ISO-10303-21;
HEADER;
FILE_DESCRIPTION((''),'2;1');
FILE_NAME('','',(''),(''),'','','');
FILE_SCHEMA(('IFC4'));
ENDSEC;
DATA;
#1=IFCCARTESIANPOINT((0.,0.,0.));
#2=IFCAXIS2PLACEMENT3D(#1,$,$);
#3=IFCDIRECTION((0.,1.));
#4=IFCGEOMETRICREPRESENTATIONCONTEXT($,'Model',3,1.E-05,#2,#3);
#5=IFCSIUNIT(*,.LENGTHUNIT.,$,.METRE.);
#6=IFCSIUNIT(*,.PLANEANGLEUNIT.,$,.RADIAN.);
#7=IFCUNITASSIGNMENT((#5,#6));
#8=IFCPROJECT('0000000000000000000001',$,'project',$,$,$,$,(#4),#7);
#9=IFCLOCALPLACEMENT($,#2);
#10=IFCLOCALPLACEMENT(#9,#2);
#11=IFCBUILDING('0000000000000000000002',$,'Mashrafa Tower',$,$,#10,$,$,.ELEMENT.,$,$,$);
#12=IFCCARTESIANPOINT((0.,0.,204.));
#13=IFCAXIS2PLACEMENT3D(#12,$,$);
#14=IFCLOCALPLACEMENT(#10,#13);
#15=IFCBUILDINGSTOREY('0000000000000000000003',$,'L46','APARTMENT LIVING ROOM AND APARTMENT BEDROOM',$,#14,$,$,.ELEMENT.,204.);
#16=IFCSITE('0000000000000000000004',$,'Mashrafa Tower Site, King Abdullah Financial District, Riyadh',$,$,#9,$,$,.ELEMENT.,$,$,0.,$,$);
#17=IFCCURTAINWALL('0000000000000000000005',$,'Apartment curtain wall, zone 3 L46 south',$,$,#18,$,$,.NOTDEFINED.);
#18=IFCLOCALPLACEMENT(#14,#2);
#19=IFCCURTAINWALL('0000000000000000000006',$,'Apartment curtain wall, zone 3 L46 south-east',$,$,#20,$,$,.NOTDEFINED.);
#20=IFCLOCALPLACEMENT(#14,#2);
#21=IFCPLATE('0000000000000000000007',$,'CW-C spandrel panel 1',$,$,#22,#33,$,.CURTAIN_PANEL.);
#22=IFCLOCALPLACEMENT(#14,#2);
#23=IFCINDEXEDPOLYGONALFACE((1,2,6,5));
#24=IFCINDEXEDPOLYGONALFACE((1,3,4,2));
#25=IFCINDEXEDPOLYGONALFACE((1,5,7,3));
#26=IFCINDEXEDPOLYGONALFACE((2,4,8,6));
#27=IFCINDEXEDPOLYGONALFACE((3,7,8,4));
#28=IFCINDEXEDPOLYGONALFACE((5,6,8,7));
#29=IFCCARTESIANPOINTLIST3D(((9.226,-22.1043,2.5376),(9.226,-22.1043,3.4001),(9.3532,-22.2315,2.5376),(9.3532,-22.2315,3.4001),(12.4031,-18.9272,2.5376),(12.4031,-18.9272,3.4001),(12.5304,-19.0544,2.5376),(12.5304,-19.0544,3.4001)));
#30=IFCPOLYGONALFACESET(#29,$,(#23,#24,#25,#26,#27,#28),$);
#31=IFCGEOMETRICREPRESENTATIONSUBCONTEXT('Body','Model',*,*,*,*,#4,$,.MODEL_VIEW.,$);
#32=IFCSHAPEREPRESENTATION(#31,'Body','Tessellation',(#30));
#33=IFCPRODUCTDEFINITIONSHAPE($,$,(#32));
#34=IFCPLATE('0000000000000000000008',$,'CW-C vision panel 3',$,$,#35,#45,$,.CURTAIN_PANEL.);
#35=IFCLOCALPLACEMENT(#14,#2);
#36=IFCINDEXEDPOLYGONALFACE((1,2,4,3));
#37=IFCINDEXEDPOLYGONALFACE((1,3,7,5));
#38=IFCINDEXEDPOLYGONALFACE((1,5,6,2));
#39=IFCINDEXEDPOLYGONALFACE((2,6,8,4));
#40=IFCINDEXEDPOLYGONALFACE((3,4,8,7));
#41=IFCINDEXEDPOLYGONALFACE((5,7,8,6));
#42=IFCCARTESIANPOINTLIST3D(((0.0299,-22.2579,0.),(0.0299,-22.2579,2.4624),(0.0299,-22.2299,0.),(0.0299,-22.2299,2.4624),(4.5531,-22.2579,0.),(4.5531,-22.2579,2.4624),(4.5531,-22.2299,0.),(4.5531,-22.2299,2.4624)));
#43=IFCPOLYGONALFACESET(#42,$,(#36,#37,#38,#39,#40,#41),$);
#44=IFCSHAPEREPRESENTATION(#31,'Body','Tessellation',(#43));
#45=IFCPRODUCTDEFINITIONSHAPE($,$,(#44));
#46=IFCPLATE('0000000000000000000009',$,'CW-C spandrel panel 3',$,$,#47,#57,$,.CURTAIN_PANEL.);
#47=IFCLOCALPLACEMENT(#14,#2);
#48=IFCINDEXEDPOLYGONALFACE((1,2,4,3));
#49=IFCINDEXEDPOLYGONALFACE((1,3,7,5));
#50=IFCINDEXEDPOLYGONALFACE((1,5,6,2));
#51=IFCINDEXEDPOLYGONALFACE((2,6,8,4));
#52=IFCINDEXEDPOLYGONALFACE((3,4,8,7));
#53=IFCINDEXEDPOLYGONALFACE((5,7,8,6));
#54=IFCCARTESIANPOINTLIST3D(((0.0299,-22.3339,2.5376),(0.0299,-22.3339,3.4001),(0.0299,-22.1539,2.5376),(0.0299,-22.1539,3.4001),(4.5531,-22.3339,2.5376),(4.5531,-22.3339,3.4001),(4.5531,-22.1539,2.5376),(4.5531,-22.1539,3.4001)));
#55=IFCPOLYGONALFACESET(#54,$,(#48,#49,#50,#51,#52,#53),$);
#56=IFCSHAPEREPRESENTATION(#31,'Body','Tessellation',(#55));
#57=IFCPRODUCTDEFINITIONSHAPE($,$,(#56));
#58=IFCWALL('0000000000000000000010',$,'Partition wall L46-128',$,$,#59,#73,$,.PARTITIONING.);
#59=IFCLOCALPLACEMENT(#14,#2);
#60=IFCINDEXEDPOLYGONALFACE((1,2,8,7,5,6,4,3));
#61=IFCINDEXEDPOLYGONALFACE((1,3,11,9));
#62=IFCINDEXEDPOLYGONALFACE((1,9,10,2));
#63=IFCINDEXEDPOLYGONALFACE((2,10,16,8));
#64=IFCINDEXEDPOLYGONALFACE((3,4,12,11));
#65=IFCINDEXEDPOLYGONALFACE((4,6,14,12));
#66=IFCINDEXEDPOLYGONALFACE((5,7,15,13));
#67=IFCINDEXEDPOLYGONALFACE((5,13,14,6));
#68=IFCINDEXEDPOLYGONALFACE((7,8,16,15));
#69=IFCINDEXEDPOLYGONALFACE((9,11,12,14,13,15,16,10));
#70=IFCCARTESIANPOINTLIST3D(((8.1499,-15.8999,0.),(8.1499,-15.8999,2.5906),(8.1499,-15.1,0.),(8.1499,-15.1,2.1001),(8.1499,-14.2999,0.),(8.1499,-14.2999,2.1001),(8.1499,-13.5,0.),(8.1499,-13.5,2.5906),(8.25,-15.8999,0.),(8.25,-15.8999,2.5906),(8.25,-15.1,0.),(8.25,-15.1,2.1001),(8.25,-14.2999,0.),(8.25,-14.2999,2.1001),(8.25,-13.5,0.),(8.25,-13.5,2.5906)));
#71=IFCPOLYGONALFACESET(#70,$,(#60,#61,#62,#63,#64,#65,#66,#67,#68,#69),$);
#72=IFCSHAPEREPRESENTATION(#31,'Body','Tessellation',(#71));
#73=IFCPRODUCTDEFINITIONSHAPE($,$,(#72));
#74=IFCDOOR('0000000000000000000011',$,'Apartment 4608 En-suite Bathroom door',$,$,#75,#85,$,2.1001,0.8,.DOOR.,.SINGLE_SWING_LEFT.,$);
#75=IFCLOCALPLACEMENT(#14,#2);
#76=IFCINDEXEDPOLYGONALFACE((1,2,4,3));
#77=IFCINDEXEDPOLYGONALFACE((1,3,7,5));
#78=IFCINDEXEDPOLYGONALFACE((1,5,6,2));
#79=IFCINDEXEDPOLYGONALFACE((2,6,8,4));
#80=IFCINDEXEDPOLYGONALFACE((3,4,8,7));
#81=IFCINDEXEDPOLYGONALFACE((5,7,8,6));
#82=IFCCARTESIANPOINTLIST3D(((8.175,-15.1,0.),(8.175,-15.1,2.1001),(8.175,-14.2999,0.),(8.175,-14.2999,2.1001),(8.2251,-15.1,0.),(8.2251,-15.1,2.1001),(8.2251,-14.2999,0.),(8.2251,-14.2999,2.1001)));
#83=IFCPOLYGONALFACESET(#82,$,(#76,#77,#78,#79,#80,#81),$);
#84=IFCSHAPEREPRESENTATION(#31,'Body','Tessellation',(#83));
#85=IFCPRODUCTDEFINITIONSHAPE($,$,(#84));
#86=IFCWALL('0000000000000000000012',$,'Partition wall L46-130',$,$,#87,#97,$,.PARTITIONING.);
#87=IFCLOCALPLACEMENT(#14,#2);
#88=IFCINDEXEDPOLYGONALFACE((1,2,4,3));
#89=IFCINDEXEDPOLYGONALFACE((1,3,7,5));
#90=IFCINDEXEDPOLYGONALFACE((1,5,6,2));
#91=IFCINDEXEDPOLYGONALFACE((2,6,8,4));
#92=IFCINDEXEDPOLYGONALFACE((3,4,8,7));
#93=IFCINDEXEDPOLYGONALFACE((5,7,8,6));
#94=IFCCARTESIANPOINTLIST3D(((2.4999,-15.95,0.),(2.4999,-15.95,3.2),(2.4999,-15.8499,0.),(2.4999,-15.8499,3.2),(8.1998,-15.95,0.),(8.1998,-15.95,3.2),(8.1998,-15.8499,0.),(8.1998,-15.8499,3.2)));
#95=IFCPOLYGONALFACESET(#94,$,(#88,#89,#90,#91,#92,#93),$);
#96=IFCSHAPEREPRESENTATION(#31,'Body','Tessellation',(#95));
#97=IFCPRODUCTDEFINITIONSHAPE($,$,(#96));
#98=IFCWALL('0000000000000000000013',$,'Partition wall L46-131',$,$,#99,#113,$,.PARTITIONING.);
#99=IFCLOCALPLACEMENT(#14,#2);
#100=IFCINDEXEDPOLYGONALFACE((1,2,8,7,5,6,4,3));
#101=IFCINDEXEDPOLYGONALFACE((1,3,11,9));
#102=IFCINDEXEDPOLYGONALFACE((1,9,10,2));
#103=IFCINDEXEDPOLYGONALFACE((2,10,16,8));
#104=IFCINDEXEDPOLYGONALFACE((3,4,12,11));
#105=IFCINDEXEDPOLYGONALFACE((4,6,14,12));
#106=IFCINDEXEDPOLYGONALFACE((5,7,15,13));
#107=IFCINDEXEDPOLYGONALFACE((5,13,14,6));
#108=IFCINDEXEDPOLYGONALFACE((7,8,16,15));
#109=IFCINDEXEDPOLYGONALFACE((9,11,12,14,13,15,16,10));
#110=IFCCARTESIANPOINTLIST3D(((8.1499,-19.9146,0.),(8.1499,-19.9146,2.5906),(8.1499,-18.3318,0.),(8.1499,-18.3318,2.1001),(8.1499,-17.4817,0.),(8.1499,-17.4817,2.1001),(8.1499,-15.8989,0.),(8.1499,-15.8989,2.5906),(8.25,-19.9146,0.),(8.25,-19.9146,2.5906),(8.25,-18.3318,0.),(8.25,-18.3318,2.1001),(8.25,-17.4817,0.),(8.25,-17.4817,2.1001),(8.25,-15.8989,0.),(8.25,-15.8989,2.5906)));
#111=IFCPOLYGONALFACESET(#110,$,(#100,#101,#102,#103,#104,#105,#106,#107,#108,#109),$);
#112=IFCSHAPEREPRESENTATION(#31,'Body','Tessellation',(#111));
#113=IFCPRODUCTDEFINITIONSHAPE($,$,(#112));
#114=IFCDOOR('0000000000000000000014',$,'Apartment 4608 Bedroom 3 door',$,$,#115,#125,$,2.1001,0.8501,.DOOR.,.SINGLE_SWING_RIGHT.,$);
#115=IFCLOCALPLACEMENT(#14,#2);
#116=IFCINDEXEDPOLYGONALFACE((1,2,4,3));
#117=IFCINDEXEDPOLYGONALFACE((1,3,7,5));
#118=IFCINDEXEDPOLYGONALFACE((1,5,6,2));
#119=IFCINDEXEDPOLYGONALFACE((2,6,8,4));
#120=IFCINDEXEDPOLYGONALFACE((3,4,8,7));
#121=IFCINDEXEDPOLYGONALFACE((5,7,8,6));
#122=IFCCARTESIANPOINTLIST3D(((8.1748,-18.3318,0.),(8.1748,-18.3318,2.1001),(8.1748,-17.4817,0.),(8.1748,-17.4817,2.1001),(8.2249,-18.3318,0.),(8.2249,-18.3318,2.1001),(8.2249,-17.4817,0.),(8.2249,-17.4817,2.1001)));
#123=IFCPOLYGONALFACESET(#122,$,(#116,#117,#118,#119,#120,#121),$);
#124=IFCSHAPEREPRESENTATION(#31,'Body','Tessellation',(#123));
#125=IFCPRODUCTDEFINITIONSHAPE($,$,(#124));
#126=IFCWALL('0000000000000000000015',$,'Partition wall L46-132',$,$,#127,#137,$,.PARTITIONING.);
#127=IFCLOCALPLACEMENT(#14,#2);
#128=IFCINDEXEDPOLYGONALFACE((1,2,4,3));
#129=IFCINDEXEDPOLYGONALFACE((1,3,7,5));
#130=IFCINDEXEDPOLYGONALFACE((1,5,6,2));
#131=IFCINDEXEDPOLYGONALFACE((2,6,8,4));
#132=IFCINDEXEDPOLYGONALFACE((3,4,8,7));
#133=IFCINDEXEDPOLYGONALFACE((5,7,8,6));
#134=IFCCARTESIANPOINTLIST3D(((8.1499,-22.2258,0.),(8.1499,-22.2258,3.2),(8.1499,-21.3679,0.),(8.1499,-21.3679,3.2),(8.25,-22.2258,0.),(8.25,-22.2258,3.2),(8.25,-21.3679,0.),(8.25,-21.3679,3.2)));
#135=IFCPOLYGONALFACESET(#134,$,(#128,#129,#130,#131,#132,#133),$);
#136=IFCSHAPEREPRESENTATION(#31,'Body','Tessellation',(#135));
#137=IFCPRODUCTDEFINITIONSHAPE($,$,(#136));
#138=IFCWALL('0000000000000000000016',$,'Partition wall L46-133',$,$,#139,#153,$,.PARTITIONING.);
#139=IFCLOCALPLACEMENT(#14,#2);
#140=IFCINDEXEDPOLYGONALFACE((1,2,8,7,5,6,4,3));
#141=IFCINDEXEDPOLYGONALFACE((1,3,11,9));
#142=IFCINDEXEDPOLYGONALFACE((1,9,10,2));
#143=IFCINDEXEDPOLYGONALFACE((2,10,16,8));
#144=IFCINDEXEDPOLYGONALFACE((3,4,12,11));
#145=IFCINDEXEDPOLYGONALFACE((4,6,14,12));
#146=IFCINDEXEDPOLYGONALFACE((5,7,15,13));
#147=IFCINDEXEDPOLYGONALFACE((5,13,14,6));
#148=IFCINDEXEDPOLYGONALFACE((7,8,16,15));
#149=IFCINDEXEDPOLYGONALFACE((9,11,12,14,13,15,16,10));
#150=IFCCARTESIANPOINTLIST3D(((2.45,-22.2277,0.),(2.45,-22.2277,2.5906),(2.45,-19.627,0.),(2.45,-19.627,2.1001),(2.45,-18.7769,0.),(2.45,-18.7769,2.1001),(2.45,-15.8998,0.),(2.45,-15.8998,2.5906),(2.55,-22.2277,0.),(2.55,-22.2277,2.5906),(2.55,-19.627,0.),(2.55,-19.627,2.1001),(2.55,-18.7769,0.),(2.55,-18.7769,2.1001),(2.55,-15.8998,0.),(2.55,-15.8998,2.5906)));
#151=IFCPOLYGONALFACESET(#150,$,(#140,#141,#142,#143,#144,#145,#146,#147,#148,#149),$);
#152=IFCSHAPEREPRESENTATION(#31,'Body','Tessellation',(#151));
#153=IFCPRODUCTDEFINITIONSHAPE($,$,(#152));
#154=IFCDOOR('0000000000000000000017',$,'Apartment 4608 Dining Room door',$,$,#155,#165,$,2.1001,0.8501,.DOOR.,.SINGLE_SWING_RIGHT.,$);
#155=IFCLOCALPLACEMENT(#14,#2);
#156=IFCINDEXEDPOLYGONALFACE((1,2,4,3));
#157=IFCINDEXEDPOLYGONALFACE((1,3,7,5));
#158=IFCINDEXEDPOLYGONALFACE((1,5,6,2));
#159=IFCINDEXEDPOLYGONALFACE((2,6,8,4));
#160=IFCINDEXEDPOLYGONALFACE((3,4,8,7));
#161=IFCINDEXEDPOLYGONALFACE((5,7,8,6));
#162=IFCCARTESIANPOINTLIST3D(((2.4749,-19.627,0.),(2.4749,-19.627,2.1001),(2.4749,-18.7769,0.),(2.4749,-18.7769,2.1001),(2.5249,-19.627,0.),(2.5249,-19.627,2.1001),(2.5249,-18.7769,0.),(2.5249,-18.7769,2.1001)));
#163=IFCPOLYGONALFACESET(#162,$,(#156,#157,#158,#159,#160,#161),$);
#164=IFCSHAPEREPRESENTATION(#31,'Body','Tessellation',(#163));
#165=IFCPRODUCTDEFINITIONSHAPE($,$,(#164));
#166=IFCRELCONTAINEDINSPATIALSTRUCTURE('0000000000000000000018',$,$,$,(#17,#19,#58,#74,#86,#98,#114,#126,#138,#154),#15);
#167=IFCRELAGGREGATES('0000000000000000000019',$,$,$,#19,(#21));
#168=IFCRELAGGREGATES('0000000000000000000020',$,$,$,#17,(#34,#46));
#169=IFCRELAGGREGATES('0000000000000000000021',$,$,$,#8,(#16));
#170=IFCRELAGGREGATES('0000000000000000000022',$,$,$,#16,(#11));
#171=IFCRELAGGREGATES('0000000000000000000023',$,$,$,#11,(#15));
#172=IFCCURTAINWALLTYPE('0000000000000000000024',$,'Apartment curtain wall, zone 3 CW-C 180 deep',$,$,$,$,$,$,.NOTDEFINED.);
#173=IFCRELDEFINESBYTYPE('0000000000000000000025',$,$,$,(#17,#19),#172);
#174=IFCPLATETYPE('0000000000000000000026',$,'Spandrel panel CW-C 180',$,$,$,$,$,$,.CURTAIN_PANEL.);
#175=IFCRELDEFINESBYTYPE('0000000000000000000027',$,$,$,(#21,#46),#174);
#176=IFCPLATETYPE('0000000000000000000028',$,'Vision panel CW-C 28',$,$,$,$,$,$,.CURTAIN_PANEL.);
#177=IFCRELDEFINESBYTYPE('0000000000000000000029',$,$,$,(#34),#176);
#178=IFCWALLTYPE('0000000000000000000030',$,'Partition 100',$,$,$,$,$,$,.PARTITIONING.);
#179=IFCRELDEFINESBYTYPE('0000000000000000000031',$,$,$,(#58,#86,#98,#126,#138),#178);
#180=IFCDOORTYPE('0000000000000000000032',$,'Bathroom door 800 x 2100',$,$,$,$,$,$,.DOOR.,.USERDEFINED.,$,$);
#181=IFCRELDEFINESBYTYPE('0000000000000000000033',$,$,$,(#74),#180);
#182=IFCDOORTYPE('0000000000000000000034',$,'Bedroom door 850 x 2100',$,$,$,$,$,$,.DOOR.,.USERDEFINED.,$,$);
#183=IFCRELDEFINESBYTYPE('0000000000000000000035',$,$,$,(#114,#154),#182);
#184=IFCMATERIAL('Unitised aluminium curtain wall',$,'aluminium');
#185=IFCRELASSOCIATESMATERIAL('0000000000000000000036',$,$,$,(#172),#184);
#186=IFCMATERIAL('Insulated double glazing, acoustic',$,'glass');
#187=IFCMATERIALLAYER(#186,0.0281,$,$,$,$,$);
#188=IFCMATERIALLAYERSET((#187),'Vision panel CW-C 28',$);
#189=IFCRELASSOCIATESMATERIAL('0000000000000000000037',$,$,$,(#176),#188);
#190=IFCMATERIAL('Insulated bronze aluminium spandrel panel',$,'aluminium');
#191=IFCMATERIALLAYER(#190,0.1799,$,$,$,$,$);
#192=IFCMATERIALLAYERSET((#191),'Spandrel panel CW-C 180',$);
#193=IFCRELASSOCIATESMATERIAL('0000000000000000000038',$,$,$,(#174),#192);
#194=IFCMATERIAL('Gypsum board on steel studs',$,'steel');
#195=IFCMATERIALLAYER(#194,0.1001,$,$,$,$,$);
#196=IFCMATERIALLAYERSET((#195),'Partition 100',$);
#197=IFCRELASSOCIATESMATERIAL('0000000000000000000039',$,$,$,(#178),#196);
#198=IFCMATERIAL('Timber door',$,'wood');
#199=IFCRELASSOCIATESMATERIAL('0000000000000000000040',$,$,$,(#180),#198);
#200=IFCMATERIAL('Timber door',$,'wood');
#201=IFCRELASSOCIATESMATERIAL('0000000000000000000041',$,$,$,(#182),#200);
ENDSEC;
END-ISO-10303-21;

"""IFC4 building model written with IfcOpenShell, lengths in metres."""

from ifc_helpers import new_model, si_unit, direction, frame, frame_2d, origin, origin_2d, place, context, subcontext, project, spatial, rectangle, extrude, source, transform, mapped, material, layer, layer_set, type_object, type_shapes, element, fill, aggregate, save


model = new_model("IFC4")

# Units and contexts
model_context = context("Model", 3, precision=1e-05, world=origin(), true_north=direction((0.0, 1.0)))
body_context = subcontext(model_context, "Body", "Model", "MODEL_VIEW")
ifc_project = project(units=[si_unit("LENGTHUNIT", "METRE"), si_unit("PLANEANGLEUNIT", "RADIAN")], contexts=[model_context])

# Site, building, storey
site_placement = place(None, origin())
site = spatial("IfcSite", under=ifc_project, at=site_placement, Name="Mashrafa Tower Site, King Abdullah Financial District, Riyadh", CompositionType="ELEMENT", RefElevation=0.0)
building_placement = place(site_placement, origin())
building = spatial("IfcBuilding", under=site, at=building_placement, Name="Mashrafa Tower", CompositionType="ELEMENT")
storey_placement = place(building_placement, frame((0.0, 0.0, 204.0)))
storey = spatial("IfcBuildingStorey", under=building, at=storey_placement, Name="L46", Description="APARTMENT LIVING ROOM AND APARTMENT BEDROOM", CompositionType="ELEMENT", Elevation=204.0)

# Curtain wall
ifc_material_1 = material(Name="Unitised aluminium curtain wall", Category="aluminium")
curtain_wall_type = type_object("IfcCurtainWallType", Name="Apartment curtain wall, zone 3 CW-C 180 deep", PredefinedType="NOTDEFINED", material=ifc_material_1)
curtain_wall_1_placement = place(storey_placement, origin())
curtain_wall_1 = element("IfcCurtainWall", 1, at=curtain_wall_1_placement, inside=storey, type_object=curtain_wall_type, Name="Apartment curtain wall, zone 3 L46 south", PredefinedType="NOTDEFINED")

# Curtain wall
curtain_wall_2_placement = place(storey_placement, origin())
curtain_wall_2 = element("IfcCurtainWall", 2, at=curtain_wall_2_placement, inside=storey, type_object=curtain_wall_type, Name="Apartment curtain wall, zone 3 L46 south-east", PredefinedType="NOTDEFINED")

# Plates
ifc_material_2 = material(Name="Insulated double glazing, acoustic", Category="glass")
ifc_layer_1 = layer(ifc_material_2, 0.0281)
ifc_layer_set_1 = layer_set([ifc_layer_1], Name="Vision panel CW-C 28")
plate_type_1 = type_object("IfcPlateType", Name="Vision panel CW-C 28", PredefinedType="CURTAIN_PANEL", material=ifc_layer_set_1)
ifc_material_3 = material(Name="Insulated bronze aluminium spandrel panel", Category="aluminium")
ifc_layer_2 = layer(ifc_material_3, 0.1799)
ifc_layer_set_2 = layer_set([ifc_layer_2], Name="Spandrel panel CW-C 180")
plate_type_2 = type_object("IfcPlateType", Name="Spandrel panel CW-C 180", PredefinedType="CURTAIN_PANEL", material=ifc_layer_set_2)
shared_shape_1 = source(origin(), body_context, "Body", "SweptSolid", [
    extrude(rectangle(XDim=4.4932, YDim=0.1799, at=origin_2d()), origin(), (0.0, 0.0, 1.0), 0.8625),
])
plate_1_placement = place(storey_placement, frame((10.8782, -20.5793, 2.5376), z_axis=(0.0, 0.0, 1.0), x_axis=(0.707107, 0.707107, 0.0)))
plate_1 = element("IfcPlate", 3, at=plate_1_placement, type_object=plate_type_2, Name="CW-C spandrel panel 1", PredefinedType="CURTAIN_PANEL", context=body_context, shape_type="MappedRepresentation", body=[
    mapped(shared_shape_1, transform((0.0, 0.0, 0.0))),
])
aggregate(curtain_wall_2, [plate_1])
shared_shape_2 = source(origin(), body_context, "Body", "SweptSolid", [
    extrude(rectangle(XDim=4.5232, YDim=0.0281, at=origin_2d()), origin(), (0.0, 0.0, 1.0), 2.4624),
])
plate_2_placement = place(storey_placement, frame((2.2915, -22.2439, 0.0), z_axis=(0.0, 0.0, 1.0), x_axis=(1.0, 0.0, 0.0)))
plate_2 = element("IfcPlate", 4, at=plate_2_placement, type_object=plate_type_1, Name="CW-C vision panel 3", PredefinedType="CURTAIN_PANEL", context=body_context, shape_type="MappedRepresentation", body=[
    mapped(shared_shape_2, transform((0.0, 0.0, 0.0))),
])
shared_shape_3 = source(origin(), body_context, "Body", "SweptSolid", [
    extrude(rectangle(XDim=4.5232, YDim=0.1799, at=origin_2d()), origin(), (0.0, 0.0, 1.0), 0.8625),
])
type_shapes(plate_type_2, [shared_shape_1, shared_shape_3])
plate_3_placement = place(storey_placement, frame((2.2915, -22.2439, 2.5376), z_axis=(0.0, 0.0, 1.0), x_axis=(1.0, 0.0, 0.0)))
plate_3 = element("IfcPlate", 5, at=plate_3_placement, type_object=plate_type_2, Name="CW-C spandrel panel 3", PredefinedType="CURTAIN_PANEL", context=body_context, shape_type="MappedRepresentation", body=[
    mapped(shared_shape_3, transform((0.0, 0.0, 0.0))),
])
aggregate(curtain_wall_1, [plate_2, plate_3])

# Wall, opening, door
ifc_material_4 = material(Name="Gypsum board on steel studs", Category="steel")
ifc_layer_3 = layer(ifc_material_4, 0.1001)
ifc_layer_set_3 = layer_set([ifc_layer_3], Name="Partition 100")
wall_type = type_object("IfcWallType", Name="Partition 100", PredefinedType="PARTITIONING", material=ifc_layer_set_3)
wall_1_placement = place(storey_placement, frame((8.2, -15.8999, 0.0), z_axis=(0.0, 0.0, 1.0), x_axis=(0.0, 1.0, 0.0)))
wall_1 = element("IfcWall", 6, at=wall_1_placement, inside=storey, type_object=wall_type, Name="Partition wall L46-128", PredefinedType="PARTITIONING", context=body_context, shape_type="SweptSolid", body=[
    extrude(rectangle(XDim=2.3999, YDim=0.1001, at=frame_2d((1.2, 0.0))), origin(), (0.0, 0.0, 1.0), 2.5906),
])
opening_1_placement = place(wall_1_placement, frame((0.8, 0.0, 0.0)))
opening_1 = element("IfcOpeningElement", 7, at=opening_1_placement, cuts=wall_1, PredefinedType="OPENING", context=body_context, shape_type="SweptSolid", body=[
    extrude(rectangle(XDim=0.8, YDim=2.1001, at=frame_2d((0.3999, 1.05))), frame((0.0, 0.0601, 0.0), z_axis=(0.0, -1.0, 0.0), x_axis=(1.0, 0.0, 0.0)), (0.0, 0.0, 1.0), 0.1201),
])
ifc_material_5 = material(Name="Timber door", Category="wood")
door_type_1 = type_object("IfcDoorType", Name="Bathroom door 800 x 2100", OperationType="USERDEFINED", PredefinedType="DOOR", material=ifc_material_5)
door_1_placement = place(opening_1_placement, origin())
door_1 = element("IfcDoor", 8, at=door_1_placement, inside=storey, type_object=door_type_1, Name="Apartment 4608 En-suite Bathroom door", OperationType="SINGLE_SWING_LEFT", OverallHeight=2.1001, OverallWidth=0.8, PredefinedType="DOOR", context=body_context, shape_type="SweptSolid", body=[
    extrude(rectangle(XDim=0.8, YDim=2.1001, at=frame_2d((0.3999, 1.05))), frame((0.0, 0.0249, 0.0), z_axis=(0.0, -1.0, 0.0), x_axis=(1.0, 0.0, 0.0)), (0.0, 0.0, 1.0), 0.05),
])
fill(opening_1, door_1)

# Wall
wall_2_placement = place(storey_placement, frame((8.2, -15.8999, 0.0), z_axis=(0.0, 0.0, 1.0), x_axis=(-1.0, 0.0, 0.0)))
element("IfcWall", 9, at=wall_2_placement, inside=storey, type_object=wall_type, Name="Partition wall L46-130", PredefinedType="PARTITIONING", context=body_context, shape_type="SweptSolid", body=[
    extrude(rectangle(XDim=5.7, YDim=0.1001, at=frame_2d((2.8501, 0.0))), origin(), (0.0, 0.0, 1.0), 3.2),
])

# Wall, opening, door
wall_3_placement = place(storey_placement, frame((8.2, -15.8989, 0.0), z_axis=(0.0, 0.0, 1.0), x_axis=(0.0, -1.0, 0.0)))
wall_3 = element("IfcWall", 10, at=wall_3_placement, inside=storey, type_object=wall_type, Name="Partition wall L46-131", PredefinedType="PARTITIONING", context=body_context, shape_type="SweptSolid", body=[
    extrude(rectangle(XDim=4.0156, YDim=0.1001, at=frame_2d((2.0078, 0.0))), origin(), (0.0, 0.0, 1.0), 2.5906),
])
opening_2_placement = place(wall_3_placement, frame((1.5828, 0.0, 0.0)))
opening_2 = element("IfcOpeningElement", 11, at=opening_2_placement, cuts=wall_3, PredefinedType="OPENING", context=body_context, shape_type="SweptSolid", body=[
    extrude(rectangle(XDim=0.8501, YDim=2.1001, at=frame_2d((0.425, 1.05))), frame((0.0, 0.0601, 0.0), z_axis=(0.0, -1.0, 0.0), x_axis=(1.0, 0.0, 0.0)), (0.0, 0.0, 1.0), 0.1201),
])
ifc_material_6 = material(Name="Timber door", Category="wood")
door_type_2 = type_object("IfcDoorType", Name="Bedroom door 850 x 2100", OperationType="USERDEFINED", PredefinedType="DOOR", material=ifc_material_6)
door_2_placement = place(opening_2_placement, origin())
door_2 = element("IfcDoor", 12, at=door_2_placement, inside=storey, type_object=door_type_2, Name="Apartment 4608 Bedroom 3 door", OperationType="SINGLE_SWING_RIGHT", OverallHeight=2.1001, OverallWidth=0.8501, PredefinedType="DOOR", context=body_context, shape_type="SweptSolid", body=[
    extrude(rectangle(XDim=0.8501, YDim=2.1001, at=frame_2d((0.425, 1.05))), frame((0.0, 0.0249, 0.0), z_axis=(0.0, -1.0, 0.0), x_axis=(1.0, 0.0, 0.0)), (0.0, 0.0, 1.0), 0.05),
])
fill(opening_2, door_2)

# Wall
wall_4_placement = place(storey_placement, frame((8.2, -21.3679, 0.0), z_axis=(0.0, 0.0, 1.0), x_axis=(0.0, -1.0, 0.0)))
element("IfcWall", 13, at=wall_4_placement, inside=storey, type_object=wall_type, Name="Partition wall L46-132", PredefinedType="PARTITIONING", context=body_context, shape_type="SweptSolid", body=[
    extrude(rectangle(XDim=0.8579, YDim=0.1001, at=frame_2d((0.429, 0.0))), origin(), (0.0, 0.0, 1.0), 3.2),
])

# Wall, opening, door
wall_5_placement = place(storey_placement, frame((2.5, -22.2278, 0.0), z_axis=(0.0, 0.0, 1.0), x_axis=(0.0, 1.0, 0.0)))
wall_5 = element("IfcWall", 14, at=wall_5_placement, inside=storey, type_object=wall_type, Name="Partition wall L46-133", PredefinedType="PARTITIONING", context=body_context, shape_type="SweptSolid", body=[
    extrude(rectangle(XDim=6.3279, YDim=0.1001, at=frame_2d((3.1641, 0.0))), origin(), (0.0, 0.0, 1.0), 2.5906),
])
opening_3_placement = place(wall_5_placement, frame((2.6008, 0.0, 0.0)))
opening_3 = element("IfcOpeningElement", 15, at=opening_3_placement, cuts=wall_5, PredefinedType="OPENING", context=body_context, shape_type="SweptSolid", body=[
    extrude(rectangle(XDim=0.8501, YDim=2.1001, at=frame_2d((0.425, 1.05))), frame((0.0, 0.0601, 0.0), z_axis=(0.0, -1.0, 0.0), x_axis=(1.0, 0.0, 0.0)), (0.0, 0.0, 1.0), 0.1201),
])
door_3_placement = place(opening_3_placement, frame((0.8501, 0.0, 0.0), z_axis=(0.0, 0.0, 1.0), x_axis=(-1.0, 0.0, 0.0)))
door_3 = element("IfcDoor", 16, at=door_3_placement, inside=storey, type_object=door_type_2, Name="Apartment 4608 Dining Room door", OperationType="SINGLE_SWING_RIGHT", OverallHeight=2.1001, OverallWidth=0.8501, PredefinedType="DOOR", context=body_context, shape_type="SweptSolid", body=[
    extrude(rectangle(XDim=0.8501, YDim=2.1001, at=frame_2d((0.425, 1.05))), frame((0.0, 0.0249, 0.0), z_axis=(0.0, -1.0, 0.0), x_axis=(1.0, 0.0, 0.0)), (0.0, 0.0, 1.0), 0.05),
])
fill(opening_3, door_3)

save(model, "model.ifc")
